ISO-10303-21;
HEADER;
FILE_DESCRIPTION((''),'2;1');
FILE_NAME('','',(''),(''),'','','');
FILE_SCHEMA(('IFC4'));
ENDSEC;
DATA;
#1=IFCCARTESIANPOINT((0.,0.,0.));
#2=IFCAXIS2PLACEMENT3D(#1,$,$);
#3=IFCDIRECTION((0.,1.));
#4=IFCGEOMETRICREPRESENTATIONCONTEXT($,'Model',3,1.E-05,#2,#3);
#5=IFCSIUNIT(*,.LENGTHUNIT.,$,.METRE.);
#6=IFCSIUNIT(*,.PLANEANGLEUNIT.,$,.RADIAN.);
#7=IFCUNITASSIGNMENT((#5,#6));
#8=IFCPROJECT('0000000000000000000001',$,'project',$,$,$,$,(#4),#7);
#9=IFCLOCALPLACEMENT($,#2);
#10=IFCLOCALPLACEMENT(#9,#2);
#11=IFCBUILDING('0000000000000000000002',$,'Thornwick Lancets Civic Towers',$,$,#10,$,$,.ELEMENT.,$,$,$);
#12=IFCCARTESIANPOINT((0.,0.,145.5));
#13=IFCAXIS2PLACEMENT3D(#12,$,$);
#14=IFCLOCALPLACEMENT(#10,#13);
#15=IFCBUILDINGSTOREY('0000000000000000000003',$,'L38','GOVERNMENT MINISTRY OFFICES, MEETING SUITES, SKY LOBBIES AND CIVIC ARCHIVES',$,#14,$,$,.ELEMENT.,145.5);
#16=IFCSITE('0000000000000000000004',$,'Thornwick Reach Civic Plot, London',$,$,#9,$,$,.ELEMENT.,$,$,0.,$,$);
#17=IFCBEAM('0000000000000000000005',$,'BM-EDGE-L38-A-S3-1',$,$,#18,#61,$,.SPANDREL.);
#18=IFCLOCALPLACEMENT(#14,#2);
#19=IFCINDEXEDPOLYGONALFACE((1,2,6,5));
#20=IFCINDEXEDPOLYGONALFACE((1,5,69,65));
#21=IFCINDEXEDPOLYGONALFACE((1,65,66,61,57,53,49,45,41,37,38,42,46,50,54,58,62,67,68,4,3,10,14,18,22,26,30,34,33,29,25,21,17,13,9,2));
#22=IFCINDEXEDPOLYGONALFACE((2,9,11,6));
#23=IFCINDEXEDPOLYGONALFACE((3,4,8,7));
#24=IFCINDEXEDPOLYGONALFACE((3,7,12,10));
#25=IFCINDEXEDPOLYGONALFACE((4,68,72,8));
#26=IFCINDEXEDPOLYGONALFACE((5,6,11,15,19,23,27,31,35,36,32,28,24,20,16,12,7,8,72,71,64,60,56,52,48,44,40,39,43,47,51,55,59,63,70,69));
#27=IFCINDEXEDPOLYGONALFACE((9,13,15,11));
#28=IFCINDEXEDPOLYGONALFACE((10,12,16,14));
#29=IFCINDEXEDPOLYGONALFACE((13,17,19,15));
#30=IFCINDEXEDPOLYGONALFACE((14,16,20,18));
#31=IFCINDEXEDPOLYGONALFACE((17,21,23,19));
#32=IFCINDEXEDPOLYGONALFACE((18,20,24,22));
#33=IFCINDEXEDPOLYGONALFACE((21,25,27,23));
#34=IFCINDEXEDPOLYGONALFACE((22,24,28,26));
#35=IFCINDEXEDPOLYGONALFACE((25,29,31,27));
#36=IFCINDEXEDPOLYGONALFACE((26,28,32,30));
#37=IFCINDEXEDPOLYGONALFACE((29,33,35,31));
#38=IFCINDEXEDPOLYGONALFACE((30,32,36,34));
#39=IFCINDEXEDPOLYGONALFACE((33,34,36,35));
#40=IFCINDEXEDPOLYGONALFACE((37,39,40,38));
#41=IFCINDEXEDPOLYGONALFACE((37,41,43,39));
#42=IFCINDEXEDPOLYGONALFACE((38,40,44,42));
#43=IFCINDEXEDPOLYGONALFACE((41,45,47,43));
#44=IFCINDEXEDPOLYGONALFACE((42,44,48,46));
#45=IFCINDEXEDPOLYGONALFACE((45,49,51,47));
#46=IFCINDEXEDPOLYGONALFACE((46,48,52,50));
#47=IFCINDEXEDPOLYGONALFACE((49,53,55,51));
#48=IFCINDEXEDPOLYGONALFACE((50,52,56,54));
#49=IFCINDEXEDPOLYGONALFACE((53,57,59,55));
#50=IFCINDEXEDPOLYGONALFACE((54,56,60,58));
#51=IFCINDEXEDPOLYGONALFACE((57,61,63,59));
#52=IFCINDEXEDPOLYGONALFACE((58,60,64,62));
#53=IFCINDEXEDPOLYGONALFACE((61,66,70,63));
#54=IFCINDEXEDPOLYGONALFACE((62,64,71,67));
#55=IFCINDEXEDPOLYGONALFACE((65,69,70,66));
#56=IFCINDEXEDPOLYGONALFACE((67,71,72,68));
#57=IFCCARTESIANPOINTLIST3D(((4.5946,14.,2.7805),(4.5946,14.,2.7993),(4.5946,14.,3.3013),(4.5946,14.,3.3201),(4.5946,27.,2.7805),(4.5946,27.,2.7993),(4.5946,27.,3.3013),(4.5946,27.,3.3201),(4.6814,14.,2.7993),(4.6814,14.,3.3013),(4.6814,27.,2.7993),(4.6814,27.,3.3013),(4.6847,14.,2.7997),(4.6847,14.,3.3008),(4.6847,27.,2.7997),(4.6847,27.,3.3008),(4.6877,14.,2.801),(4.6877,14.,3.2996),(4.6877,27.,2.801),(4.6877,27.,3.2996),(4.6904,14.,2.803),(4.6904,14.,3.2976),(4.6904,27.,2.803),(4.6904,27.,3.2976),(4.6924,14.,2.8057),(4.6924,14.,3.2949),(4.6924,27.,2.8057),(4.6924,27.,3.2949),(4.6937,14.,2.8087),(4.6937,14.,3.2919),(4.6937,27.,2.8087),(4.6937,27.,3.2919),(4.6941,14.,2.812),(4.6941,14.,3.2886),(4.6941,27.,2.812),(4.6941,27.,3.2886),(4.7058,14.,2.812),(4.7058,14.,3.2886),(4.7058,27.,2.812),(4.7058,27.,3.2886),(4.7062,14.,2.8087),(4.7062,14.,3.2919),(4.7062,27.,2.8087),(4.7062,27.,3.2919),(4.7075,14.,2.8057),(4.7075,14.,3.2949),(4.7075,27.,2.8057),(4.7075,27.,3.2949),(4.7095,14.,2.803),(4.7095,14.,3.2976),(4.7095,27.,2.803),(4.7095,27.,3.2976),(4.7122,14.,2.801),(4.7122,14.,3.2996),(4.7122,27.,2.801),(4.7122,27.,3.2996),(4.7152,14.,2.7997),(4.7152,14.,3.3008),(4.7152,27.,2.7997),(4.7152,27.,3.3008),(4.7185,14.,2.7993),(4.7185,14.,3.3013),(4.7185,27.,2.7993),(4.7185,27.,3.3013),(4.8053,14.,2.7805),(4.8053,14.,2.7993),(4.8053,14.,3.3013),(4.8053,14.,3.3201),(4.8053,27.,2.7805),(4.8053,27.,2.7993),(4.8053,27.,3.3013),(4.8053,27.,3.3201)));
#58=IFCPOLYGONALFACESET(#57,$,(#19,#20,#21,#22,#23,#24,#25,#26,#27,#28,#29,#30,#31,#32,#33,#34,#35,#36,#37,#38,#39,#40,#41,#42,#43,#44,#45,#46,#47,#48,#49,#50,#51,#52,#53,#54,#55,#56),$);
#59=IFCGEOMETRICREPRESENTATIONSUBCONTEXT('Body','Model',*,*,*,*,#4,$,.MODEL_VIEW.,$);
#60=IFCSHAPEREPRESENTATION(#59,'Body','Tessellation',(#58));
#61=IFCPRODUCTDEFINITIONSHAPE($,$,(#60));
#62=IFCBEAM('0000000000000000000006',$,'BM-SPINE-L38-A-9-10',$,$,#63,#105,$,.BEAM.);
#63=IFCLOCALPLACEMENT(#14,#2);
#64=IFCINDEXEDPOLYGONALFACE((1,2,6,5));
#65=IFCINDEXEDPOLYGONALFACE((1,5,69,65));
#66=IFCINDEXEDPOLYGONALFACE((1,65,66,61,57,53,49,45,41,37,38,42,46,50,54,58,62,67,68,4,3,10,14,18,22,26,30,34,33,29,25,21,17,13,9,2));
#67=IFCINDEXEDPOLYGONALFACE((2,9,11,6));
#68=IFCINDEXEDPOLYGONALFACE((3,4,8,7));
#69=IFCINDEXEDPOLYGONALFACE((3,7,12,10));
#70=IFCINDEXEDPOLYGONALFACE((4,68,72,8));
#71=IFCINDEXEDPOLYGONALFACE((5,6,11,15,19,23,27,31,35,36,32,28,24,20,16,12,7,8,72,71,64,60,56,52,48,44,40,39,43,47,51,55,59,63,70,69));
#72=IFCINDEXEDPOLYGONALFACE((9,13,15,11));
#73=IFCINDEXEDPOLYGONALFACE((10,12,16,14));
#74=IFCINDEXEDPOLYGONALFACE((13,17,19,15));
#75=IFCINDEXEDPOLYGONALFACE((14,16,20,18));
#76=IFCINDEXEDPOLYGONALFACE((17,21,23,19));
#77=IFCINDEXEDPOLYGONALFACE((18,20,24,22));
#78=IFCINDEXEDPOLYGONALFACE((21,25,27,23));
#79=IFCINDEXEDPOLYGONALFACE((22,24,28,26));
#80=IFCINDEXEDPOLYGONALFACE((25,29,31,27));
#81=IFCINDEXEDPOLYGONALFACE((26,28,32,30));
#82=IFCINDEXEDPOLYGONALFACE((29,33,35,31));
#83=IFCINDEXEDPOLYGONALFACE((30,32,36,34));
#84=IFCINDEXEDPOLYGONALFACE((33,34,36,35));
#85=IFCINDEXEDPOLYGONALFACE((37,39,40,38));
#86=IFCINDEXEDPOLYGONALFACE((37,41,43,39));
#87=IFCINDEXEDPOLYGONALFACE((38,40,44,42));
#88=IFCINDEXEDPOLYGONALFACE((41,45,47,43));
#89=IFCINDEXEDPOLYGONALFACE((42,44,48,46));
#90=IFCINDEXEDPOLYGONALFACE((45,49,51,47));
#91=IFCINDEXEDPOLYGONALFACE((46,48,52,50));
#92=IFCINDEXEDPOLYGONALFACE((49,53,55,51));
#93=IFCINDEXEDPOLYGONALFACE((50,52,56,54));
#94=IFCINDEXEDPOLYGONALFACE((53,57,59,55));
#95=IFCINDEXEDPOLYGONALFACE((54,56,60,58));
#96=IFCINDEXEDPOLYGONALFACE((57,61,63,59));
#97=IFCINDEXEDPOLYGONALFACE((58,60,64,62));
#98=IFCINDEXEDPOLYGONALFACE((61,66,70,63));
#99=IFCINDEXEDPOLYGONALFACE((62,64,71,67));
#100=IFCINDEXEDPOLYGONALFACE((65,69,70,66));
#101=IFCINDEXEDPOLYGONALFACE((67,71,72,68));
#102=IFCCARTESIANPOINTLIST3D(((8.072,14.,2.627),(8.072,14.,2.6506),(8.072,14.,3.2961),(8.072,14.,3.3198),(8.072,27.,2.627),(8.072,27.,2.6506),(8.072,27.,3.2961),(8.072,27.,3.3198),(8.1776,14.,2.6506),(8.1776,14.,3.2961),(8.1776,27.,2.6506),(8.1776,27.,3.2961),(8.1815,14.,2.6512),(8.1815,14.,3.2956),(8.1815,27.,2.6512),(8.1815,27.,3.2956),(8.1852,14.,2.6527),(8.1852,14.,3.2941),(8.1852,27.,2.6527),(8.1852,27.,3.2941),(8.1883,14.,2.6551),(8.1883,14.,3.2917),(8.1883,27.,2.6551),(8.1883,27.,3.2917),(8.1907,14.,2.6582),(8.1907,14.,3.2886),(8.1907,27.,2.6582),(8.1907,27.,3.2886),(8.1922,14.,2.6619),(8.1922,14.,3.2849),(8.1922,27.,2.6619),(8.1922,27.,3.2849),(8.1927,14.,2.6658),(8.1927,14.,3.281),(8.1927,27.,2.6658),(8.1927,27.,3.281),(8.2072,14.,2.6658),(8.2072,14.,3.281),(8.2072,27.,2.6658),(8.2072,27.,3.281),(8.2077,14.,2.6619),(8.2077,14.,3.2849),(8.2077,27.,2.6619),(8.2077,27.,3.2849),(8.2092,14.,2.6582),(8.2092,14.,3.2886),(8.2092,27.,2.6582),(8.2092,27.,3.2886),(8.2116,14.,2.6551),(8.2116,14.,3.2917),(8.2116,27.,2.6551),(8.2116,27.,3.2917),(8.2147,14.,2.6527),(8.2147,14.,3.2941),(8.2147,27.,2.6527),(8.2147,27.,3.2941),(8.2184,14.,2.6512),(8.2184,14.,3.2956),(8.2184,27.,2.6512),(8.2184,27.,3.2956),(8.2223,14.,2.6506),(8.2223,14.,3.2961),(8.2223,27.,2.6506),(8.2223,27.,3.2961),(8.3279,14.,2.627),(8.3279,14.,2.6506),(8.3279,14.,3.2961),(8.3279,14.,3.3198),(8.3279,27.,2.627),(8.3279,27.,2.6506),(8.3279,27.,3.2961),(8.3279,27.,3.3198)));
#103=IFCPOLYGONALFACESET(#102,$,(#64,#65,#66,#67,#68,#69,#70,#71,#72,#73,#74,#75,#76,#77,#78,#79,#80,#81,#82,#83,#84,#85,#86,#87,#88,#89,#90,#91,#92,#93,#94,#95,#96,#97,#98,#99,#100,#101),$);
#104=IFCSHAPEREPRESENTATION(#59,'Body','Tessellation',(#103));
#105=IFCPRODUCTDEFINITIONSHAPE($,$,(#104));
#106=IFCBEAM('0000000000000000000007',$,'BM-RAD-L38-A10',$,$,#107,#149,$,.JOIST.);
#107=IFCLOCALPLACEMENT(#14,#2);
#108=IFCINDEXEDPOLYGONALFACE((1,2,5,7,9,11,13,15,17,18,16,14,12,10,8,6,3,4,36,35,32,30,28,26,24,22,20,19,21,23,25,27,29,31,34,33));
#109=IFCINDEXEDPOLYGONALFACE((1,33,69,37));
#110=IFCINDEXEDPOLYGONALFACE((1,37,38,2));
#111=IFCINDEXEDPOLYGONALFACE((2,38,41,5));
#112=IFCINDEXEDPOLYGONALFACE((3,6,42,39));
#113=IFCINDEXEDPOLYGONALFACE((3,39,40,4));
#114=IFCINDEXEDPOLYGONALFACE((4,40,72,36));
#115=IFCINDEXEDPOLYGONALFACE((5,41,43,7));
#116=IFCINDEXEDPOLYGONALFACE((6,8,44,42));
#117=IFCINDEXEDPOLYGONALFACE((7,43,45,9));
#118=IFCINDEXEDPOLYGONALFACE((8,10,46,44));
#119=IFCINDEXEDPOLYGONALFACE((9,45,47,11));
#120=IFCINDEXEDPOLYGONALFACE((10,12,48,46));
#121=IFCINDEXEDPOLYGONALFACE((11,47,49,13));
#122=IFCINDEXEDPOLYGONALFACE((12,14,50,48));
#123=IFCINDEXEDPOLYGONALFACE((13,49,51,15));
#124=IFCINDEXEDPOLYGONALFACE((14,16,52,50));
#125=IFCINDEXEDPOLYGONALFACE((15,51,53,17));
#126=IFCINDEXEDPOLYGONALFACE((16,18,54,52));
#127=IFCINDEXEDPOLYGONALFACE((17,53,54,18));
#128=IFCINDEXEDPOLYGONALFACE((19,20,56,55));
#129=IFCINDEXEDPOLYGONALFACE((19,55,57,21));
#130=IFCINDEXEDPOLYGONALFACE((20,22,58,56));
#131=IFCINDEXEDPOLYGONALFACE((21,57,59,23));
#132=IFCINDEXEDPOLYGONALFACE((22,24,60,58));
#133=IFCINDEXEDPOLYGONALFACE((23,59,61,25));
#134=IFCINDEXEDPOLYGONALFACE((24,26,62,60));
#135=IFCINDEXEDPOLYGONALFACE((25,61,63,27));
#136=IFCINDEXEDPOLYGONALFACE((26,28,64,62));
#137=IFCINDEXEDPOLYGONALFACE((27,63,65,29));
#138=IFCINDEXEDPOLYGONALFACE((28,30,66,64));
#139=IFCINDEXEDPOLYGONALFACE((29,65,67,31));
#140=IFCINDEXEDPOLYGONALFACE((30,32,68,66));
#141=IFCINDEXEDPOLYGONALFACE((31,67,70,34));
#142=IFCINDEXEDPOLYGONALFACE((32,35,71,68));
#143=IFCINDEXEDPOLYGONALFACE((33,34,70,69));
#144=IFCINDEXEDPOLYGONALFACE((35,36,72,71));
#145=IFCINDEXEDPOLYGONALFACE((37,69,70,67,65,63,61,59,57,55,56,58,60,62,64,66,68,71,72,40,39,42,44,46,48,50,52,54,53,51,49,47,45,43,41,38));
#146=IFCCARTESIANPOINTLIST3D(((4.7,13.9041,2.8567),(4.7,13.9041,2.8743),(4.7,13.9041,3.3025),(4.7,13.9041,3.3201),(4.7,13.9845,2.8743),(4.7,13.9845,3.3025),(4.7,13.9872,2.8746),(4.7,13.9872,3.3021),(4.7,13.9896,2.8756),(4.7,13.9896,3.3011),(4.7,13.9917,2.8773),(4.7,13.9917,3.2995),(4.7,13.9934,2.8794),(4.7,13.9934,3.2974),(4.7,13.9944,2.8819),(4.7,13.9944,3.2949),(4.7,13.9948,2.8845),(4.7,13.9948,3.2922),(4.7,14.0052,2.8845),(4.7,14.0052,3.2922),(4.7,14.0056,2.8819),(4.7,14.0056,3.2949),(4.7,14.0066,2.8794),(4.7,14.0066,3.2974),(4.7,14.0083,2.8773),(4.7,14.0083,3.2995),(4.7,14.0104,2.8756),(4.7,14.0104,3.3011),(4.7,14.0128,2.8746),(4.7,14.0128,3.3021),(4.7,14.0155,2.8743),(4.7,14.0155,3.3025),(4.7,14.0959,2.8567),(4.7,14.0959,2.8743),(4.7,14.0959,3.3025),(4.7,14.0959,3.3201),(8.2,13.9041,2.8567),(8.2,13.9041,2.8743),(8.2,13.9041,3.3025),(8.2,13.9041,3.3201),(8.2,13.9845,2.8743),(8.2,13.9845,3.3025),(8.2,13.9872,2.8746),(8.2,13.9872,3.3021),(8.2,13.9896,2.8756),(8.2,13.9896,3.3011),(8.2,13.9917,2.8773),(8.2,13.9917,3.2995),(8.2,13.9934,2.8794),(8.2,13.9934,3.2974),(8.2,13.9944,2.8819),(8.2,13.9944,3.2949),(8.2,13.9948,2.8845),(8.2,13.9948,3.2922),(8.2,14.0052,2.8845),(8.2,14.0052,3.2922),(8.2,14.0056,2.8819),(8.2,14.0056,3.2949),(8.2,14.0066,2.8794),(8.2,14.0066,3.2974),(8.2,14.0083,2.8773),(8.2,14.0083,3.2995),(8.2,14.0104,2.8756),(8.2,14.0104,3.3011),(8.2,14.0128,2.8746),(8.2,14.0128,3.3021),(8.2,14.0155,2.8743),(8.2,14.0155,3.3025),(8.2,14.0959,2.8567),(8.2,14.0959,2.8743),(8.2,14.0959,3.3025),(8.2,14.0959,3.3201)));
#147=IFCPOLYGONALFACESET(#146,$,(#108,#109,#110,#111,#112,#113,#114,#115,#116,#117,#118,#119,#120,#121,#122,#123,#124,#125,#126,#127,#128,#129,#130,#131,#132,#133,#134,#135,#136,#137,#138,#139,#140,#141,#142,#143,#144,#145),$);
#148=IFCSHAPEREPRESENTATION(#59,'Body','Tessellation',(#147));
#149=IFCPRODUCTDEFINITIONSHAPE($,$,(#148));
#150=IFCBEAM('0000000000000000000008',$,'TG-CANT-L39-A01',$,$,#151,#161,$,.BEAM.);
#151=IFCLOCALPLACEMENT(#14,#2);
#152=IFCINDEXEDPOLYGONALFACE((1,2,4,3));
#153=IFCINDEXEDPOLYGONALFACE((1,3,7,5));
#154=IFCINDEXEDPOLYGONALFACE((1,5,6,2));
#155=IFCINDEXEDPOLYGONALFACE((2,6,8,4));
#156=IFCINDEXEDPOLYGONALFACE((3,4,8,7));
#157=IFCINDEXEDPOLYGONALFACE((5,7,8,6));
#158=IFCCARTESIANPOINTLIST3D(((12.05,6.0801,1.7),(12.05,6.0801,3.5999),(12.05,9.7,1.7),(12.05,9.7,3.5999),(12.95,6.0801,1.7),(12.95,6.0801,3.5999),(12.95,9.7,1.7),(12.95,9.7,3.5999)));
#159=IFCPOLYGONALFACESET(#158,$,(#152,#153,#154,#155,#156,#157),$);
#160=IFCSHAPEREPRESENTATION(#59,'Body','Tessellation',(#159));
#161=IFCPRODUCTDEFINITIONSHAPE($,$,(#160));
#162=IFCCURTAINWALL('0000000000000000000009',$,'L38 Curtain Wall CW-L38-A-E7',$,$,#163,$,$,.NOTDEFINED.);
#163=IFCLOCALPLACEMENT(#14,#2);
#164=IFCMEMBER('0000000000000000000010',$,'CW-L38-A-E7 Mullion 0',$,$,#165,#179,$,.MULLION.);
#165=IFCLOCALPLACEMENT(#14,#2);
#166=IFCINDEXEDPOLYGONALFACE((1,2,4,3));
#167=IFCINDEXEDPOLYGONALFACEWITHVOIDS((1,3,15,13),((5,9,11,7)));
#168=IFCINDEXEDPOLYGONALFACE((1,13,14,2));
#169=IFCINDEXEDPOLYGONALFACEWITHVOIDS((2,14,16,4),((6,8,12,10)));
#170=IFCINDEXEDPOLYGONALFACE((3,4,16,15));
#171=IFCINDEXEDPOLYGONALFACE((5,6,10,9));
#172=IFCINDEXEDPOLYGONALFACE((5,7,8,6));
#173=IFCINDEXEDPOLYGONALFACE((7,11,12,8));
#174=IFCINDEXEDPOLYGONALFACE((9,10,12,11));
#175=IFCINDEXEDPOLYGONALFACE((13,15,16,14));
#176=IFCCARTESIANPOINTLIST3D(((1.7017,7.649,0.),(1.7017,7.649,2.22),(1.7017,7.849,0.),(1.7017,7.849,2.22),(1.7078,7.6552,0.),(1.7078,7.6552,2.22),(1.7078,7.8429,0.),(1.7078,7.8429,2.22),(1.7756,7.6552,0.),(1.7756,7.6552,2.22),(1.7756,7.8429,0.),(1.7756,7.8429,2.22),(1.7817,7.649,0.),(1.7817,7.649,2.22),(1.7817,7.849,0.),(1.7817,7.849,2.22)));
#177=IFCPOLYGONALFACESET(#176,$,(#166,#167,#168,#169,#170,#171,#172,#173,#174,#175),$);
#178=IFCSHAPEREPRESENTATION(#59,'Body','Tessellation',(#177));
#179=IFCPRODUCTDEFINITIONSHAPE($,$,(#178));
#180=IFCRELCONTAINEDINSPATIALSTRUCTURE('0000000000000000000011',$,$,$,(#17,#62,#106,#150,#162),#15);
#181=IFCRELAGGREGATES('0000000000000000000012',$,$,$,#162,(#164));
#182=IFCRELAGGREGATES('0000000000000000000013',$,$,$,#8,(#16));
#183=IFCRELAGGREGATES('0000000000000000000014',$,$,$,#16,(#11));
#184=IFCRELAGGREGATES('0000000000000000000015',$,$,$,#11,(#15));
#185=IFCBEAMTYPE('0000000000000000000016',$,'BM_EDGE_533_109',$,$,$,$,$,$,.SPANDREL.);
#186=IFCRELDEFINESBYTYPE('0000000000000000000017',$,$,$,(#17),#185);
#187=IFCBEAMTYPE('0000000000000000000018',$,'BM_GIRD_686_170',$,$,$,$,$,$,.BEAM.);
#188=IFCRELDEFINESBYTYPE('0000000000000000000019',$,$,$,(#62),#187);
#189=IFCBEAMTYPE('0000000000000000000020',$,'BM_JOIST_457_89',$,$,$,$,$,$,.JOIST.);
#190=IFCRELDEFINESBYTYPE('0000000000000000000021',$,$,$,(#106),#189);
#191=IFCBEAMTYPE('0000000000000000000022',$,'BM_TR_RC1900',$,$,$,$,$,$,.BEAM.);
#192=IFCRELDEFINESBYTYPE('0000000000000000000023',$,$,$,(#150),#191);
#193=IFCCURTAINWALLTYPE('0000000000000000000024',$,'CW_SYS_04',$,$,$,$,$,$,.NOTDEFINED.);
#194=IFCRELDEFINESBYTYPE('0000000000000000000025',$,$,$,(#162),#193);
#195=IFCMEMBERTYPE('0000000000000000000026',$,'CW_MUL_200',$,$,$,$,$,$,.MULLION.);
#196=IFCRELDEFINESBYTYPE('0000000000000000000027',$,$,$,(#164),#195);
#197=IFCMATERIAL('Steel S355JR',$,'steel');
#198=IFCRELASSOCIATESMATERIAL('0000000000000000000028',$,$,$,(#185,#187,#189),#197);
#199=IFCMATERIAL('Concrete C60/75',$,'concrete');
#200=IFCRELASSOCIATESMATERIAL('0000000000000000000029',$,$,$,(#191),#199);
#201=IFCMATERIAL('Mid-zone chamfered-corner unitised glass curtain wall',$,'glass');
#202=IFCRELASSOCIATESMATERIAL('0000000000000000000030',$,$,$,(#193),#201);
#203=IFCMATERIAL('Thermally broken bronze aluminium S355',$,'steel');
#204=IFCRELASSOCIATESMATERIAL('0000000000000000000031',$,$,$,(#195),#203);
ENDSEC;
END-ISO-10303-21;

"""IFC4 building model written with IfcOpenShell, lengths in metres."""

from ifc_helpers import new_model, si_unit, direction, frame, origin, origin_2d, place, context, subcontext, project, spatial, rectangle, hollow_rectangle, i_section, extrude, material, material_profile, profile_set, type_object, element, aggregate, save


model = new_model("IFC4")

# Units and contexts
model_context = context("Model", 3, precision=1e-05, world=origin(), true_north=direction((0.0, 1.0)))
body_context = subcontext(model_context, "Body", "Model", "MODEL_VIEW")
ifc_project = project(units=[si_unit("LENGTHUNIT", "METRE"), si_unit("PLANEANGLEUNIT", "RADIAN")], contexts=[model_context])

# Site, building, storey
site_placement = place(None, origin())
site = spatial("IfcSite", under=ifc_project, at=site_placement, Name="Thornwick Reach Civic Plot, London", CompositionType="ELEMENT", RefElevation=0.0)
building_placement = place(site_placement, origin())
building = spatial("IfcBuilding", under=site, at=building_placement, Name="Thornwick Lancets Civic Towers", CompositionType="ELEMENT")
storey_placement = place(building_placement, frame((0.0, 0.0, 145.5)))
storey = spatial("IfcBuildingStorey", under=building, at=storey_placement, Name="L38", Description="GOVERNMENT MINISTRY OFFICES, MEETING SUITES, SKY LOBBIES AND CIVIC ARCHIVES", CompositionType="ELEMENT", Elevation=145.5)

# Beams
ifc_material_1 = material(Name="Steel S355JR", Category="steel")
ifc_material_profile_1 = material_profile(ifc_material_1, i_section(OverallWidth=0.2107, OverallDepth=0.5396, WebThickness=0.0117, FlangeThickness=0.0188, FilletRadius=0.0127, at=origin_2d()), Name="UKB 533x210x109")
ifc_profile_set_1 = profile_set([ifc_material_profile_1], Name="Steel S355JR")
beam_type_1 = type_object("IfcBeamType", Name="BM_EDGE_533_109", PredefinedType="SPANDREL", material=ifc_profile_set_1)
for number, where, z_axis, x_axis, name in (
    (1, (4.7, 14.0, 3.0503), (0.0, 1.0, 0.0), (-1.0, 0.0, 0.0), "BM-EDGE-L38-A-S3-1"),
):
    element("IfcBeam", number, at=place(storey_placement, frame(where, z_axis=z_axis, x_axis=x_axis)), inside=storey, type_object=beam_type_1, Name=name, PredefinedType="SPANDREL", context=body_context, shape_type="SweptSolid", body=[
        extrude(i_section(OverallWidth=0.2107, OverallDepth=0.5396, WebThickness=0.0117, FlangeThickness=0.0188, FilletRadius=0.0127, at=origin_2d()), origin(), (0.0, 0.0, 1.0), 13.0),
    ])
ifc_material_profile_2 = material_profile(ifc_material_1, i_section(OverallWidth=0.2559, OverallDepth=0.6929, WebThickness=0.0144, FlangeThickness=0.0237, FilletRadius=0.0151, at=origin_2d()), Name="UKB 686x254x170")
ifc_profile_set_2 = profile_set([ifc_material_profile_2], Name="Steel S355JR")
beam_type_2 = type_object("IfcBeamType", Name="BM_GIRD_686_170", PredefinedType="BEAM", material=ifc_profile_set_2)
beam_1_placement = place(storey_placement, frame((8.2, 14.0, 2.9734), z_axis=(0.0, 1.0, 0.0), x_axis=(-1.0, 0.0, 0.0)))
element("IfcBeam", 2, at=beam_1_placement, inside=storey, type_object=beam_type_2, Name="BM-SPINE-L38-A-9-10", PredefinedType="BEAM", context=body_context, shape_type="SweptSolid", body=[
    extrude(i_section(OverallWidth=0.2559, OverallDepth=0.6929, WebThickness=0.0144, FlangeThickness=0.0237, FilletRadius=0.0151, at=origin_2d()), origin(), (0.0, 0.0, 1.0), 13.0),
])
ifc_material_profile_3 = material_profile(ifc_material_1, i_section(OverallWidth=0.1919, OverallDepth=0.4634, WebThickness=0.0105, FlangeThickness=0.0176, FilletRadius=0.0103, at=origin_2d()), Name="UKB 457x191x89")
ifc_profile_set_3 = profile_set([ifc_material_profile_3], Name="Steel S355JR")
beam_type_3 = type_object("IfcBeamType", Name="BM_JOIST_457_89", PredefinedType="JOIST", material=ifc_profile_set_3)
beam_2_placement = place(storey_placement, frame((8.2, 14.0, 3.0884), z_axis=(-1.0, 0.0, 0.0), x_axis=(0.0, -1.0, 0.0)))
element("IfcBeam", 3, at=beam_2_placement, inside=storey, type_object=beam_type_3, Name="BM-RAD-L38-A10", PredefinedType="JOIST", context=body_context, shape_type="SweptSolid", body=[
    extrude(i_section(OverallWidth=0.1919, OverallDepth=0.4634, WebThickness=0.0105, FlangeThickness=0.0176, FilletRadius=0.0103, at=origin_2d()), origin(), (0.0, 0.0, 1.0), 3.5),
])
ifc_material_2 = material(Name="Concrete C60/75", Category="concrete")
ifc_material_profile_4 = material_profile(ifc_material_2, rectangle(XDim=0.8999, YDim=1.8999, at=origin_2d()), Name="RC 900x1900")
ifc_profile_set_4 = profile_set([ifc_material_profile_4], Name="Concrete C60/75")
beam_type_4 = type_object("IfcBeamType", Name="BM_TR_RC1900", PredefinedType="BEAM", material=ifc_profile_set_4)
beam_3_placement = place(storey_placement, frame((12.5, 9.7, 2.6499), z_axis=(0.0, -1.0, 0.0), x_axis=(1.0, 0.0, 0.0)))
element("IfcBeam", 4, at=beam_3_placement, inside=storey, type_object=beam_type_4, Name="TG-CANT-L39-A01", PredefinedType="BEAM", context=body_context, shape_type="SweptSolid", body=[
    extrude(rectangle(XDim=0.8999, YDim=1.8999, at=origin_2d()), origin(), (0.0, 0.0, 1.0), 3.6199),
])

# Curtain wall, member
ifc_material_3 = material(Name="Mid-zone chamfered-corner unitised glass curtain wall", Category="glass")
curtain_wall_type = type_object("IfcCurtainWallType", Name="CW_SYS_04", PredefinedType="NOTDEFINED", material=ifc_material_3)
curtain_wall_placement = place(storey_placement, origin())
curtain_wall = element("IfcCurtainWall", 5, at=curtain_wall_placement, inside=storey, type_object=curtain_wall_type, Name="L38 Curtain Wall CW-L38-A-E7", PredefinedType="NOTDEFINED")
ifc_material_4 = material(Name="Thermally broken bronze aluminium S355", Category="steel")
ifc_material_profile_5 = material_profile(ifc_material_4, hollow_rectangle(XDim=0.0801, YDim=0.2, WallThickness=0.0061, at=origin_2d()), Name="RHS 200x80x6")
ifc_profile_set_5 = profile_set([ifc_material_profile_5], Name="Thermally broken bronze aluminium S355")
member_type_1 = type_object("IfcMemberType", Name="CW_MUL_200", PredefinedType="MULLION", material=ifc_profile_set_5)
member_1_placement = place(storey_placement, frame((1.7417, 7.749, 0.0), z_axis=(0.0, 0.0, 1.0), x_axis=(1.0, 0.0, 0.0)))
member_1 = element("IfcMember", 6, at=member_1_placement, type_object=member_type_1, Name="CW-L38-A-E7 Mullion 0", PredefinedType="MULLION", context=body_context, shape_type="SweptSolid", body=[
    extrude(hollow_rectangle(XDim=0.0801, YDim=0.2, WallThickness=0.0061, at=origin_2d()), origin(), (0.0, 0.0, 1.0), 2.22),
])
aggregate(curtain_wall, [member_1])

save(model, "model.ifc")
